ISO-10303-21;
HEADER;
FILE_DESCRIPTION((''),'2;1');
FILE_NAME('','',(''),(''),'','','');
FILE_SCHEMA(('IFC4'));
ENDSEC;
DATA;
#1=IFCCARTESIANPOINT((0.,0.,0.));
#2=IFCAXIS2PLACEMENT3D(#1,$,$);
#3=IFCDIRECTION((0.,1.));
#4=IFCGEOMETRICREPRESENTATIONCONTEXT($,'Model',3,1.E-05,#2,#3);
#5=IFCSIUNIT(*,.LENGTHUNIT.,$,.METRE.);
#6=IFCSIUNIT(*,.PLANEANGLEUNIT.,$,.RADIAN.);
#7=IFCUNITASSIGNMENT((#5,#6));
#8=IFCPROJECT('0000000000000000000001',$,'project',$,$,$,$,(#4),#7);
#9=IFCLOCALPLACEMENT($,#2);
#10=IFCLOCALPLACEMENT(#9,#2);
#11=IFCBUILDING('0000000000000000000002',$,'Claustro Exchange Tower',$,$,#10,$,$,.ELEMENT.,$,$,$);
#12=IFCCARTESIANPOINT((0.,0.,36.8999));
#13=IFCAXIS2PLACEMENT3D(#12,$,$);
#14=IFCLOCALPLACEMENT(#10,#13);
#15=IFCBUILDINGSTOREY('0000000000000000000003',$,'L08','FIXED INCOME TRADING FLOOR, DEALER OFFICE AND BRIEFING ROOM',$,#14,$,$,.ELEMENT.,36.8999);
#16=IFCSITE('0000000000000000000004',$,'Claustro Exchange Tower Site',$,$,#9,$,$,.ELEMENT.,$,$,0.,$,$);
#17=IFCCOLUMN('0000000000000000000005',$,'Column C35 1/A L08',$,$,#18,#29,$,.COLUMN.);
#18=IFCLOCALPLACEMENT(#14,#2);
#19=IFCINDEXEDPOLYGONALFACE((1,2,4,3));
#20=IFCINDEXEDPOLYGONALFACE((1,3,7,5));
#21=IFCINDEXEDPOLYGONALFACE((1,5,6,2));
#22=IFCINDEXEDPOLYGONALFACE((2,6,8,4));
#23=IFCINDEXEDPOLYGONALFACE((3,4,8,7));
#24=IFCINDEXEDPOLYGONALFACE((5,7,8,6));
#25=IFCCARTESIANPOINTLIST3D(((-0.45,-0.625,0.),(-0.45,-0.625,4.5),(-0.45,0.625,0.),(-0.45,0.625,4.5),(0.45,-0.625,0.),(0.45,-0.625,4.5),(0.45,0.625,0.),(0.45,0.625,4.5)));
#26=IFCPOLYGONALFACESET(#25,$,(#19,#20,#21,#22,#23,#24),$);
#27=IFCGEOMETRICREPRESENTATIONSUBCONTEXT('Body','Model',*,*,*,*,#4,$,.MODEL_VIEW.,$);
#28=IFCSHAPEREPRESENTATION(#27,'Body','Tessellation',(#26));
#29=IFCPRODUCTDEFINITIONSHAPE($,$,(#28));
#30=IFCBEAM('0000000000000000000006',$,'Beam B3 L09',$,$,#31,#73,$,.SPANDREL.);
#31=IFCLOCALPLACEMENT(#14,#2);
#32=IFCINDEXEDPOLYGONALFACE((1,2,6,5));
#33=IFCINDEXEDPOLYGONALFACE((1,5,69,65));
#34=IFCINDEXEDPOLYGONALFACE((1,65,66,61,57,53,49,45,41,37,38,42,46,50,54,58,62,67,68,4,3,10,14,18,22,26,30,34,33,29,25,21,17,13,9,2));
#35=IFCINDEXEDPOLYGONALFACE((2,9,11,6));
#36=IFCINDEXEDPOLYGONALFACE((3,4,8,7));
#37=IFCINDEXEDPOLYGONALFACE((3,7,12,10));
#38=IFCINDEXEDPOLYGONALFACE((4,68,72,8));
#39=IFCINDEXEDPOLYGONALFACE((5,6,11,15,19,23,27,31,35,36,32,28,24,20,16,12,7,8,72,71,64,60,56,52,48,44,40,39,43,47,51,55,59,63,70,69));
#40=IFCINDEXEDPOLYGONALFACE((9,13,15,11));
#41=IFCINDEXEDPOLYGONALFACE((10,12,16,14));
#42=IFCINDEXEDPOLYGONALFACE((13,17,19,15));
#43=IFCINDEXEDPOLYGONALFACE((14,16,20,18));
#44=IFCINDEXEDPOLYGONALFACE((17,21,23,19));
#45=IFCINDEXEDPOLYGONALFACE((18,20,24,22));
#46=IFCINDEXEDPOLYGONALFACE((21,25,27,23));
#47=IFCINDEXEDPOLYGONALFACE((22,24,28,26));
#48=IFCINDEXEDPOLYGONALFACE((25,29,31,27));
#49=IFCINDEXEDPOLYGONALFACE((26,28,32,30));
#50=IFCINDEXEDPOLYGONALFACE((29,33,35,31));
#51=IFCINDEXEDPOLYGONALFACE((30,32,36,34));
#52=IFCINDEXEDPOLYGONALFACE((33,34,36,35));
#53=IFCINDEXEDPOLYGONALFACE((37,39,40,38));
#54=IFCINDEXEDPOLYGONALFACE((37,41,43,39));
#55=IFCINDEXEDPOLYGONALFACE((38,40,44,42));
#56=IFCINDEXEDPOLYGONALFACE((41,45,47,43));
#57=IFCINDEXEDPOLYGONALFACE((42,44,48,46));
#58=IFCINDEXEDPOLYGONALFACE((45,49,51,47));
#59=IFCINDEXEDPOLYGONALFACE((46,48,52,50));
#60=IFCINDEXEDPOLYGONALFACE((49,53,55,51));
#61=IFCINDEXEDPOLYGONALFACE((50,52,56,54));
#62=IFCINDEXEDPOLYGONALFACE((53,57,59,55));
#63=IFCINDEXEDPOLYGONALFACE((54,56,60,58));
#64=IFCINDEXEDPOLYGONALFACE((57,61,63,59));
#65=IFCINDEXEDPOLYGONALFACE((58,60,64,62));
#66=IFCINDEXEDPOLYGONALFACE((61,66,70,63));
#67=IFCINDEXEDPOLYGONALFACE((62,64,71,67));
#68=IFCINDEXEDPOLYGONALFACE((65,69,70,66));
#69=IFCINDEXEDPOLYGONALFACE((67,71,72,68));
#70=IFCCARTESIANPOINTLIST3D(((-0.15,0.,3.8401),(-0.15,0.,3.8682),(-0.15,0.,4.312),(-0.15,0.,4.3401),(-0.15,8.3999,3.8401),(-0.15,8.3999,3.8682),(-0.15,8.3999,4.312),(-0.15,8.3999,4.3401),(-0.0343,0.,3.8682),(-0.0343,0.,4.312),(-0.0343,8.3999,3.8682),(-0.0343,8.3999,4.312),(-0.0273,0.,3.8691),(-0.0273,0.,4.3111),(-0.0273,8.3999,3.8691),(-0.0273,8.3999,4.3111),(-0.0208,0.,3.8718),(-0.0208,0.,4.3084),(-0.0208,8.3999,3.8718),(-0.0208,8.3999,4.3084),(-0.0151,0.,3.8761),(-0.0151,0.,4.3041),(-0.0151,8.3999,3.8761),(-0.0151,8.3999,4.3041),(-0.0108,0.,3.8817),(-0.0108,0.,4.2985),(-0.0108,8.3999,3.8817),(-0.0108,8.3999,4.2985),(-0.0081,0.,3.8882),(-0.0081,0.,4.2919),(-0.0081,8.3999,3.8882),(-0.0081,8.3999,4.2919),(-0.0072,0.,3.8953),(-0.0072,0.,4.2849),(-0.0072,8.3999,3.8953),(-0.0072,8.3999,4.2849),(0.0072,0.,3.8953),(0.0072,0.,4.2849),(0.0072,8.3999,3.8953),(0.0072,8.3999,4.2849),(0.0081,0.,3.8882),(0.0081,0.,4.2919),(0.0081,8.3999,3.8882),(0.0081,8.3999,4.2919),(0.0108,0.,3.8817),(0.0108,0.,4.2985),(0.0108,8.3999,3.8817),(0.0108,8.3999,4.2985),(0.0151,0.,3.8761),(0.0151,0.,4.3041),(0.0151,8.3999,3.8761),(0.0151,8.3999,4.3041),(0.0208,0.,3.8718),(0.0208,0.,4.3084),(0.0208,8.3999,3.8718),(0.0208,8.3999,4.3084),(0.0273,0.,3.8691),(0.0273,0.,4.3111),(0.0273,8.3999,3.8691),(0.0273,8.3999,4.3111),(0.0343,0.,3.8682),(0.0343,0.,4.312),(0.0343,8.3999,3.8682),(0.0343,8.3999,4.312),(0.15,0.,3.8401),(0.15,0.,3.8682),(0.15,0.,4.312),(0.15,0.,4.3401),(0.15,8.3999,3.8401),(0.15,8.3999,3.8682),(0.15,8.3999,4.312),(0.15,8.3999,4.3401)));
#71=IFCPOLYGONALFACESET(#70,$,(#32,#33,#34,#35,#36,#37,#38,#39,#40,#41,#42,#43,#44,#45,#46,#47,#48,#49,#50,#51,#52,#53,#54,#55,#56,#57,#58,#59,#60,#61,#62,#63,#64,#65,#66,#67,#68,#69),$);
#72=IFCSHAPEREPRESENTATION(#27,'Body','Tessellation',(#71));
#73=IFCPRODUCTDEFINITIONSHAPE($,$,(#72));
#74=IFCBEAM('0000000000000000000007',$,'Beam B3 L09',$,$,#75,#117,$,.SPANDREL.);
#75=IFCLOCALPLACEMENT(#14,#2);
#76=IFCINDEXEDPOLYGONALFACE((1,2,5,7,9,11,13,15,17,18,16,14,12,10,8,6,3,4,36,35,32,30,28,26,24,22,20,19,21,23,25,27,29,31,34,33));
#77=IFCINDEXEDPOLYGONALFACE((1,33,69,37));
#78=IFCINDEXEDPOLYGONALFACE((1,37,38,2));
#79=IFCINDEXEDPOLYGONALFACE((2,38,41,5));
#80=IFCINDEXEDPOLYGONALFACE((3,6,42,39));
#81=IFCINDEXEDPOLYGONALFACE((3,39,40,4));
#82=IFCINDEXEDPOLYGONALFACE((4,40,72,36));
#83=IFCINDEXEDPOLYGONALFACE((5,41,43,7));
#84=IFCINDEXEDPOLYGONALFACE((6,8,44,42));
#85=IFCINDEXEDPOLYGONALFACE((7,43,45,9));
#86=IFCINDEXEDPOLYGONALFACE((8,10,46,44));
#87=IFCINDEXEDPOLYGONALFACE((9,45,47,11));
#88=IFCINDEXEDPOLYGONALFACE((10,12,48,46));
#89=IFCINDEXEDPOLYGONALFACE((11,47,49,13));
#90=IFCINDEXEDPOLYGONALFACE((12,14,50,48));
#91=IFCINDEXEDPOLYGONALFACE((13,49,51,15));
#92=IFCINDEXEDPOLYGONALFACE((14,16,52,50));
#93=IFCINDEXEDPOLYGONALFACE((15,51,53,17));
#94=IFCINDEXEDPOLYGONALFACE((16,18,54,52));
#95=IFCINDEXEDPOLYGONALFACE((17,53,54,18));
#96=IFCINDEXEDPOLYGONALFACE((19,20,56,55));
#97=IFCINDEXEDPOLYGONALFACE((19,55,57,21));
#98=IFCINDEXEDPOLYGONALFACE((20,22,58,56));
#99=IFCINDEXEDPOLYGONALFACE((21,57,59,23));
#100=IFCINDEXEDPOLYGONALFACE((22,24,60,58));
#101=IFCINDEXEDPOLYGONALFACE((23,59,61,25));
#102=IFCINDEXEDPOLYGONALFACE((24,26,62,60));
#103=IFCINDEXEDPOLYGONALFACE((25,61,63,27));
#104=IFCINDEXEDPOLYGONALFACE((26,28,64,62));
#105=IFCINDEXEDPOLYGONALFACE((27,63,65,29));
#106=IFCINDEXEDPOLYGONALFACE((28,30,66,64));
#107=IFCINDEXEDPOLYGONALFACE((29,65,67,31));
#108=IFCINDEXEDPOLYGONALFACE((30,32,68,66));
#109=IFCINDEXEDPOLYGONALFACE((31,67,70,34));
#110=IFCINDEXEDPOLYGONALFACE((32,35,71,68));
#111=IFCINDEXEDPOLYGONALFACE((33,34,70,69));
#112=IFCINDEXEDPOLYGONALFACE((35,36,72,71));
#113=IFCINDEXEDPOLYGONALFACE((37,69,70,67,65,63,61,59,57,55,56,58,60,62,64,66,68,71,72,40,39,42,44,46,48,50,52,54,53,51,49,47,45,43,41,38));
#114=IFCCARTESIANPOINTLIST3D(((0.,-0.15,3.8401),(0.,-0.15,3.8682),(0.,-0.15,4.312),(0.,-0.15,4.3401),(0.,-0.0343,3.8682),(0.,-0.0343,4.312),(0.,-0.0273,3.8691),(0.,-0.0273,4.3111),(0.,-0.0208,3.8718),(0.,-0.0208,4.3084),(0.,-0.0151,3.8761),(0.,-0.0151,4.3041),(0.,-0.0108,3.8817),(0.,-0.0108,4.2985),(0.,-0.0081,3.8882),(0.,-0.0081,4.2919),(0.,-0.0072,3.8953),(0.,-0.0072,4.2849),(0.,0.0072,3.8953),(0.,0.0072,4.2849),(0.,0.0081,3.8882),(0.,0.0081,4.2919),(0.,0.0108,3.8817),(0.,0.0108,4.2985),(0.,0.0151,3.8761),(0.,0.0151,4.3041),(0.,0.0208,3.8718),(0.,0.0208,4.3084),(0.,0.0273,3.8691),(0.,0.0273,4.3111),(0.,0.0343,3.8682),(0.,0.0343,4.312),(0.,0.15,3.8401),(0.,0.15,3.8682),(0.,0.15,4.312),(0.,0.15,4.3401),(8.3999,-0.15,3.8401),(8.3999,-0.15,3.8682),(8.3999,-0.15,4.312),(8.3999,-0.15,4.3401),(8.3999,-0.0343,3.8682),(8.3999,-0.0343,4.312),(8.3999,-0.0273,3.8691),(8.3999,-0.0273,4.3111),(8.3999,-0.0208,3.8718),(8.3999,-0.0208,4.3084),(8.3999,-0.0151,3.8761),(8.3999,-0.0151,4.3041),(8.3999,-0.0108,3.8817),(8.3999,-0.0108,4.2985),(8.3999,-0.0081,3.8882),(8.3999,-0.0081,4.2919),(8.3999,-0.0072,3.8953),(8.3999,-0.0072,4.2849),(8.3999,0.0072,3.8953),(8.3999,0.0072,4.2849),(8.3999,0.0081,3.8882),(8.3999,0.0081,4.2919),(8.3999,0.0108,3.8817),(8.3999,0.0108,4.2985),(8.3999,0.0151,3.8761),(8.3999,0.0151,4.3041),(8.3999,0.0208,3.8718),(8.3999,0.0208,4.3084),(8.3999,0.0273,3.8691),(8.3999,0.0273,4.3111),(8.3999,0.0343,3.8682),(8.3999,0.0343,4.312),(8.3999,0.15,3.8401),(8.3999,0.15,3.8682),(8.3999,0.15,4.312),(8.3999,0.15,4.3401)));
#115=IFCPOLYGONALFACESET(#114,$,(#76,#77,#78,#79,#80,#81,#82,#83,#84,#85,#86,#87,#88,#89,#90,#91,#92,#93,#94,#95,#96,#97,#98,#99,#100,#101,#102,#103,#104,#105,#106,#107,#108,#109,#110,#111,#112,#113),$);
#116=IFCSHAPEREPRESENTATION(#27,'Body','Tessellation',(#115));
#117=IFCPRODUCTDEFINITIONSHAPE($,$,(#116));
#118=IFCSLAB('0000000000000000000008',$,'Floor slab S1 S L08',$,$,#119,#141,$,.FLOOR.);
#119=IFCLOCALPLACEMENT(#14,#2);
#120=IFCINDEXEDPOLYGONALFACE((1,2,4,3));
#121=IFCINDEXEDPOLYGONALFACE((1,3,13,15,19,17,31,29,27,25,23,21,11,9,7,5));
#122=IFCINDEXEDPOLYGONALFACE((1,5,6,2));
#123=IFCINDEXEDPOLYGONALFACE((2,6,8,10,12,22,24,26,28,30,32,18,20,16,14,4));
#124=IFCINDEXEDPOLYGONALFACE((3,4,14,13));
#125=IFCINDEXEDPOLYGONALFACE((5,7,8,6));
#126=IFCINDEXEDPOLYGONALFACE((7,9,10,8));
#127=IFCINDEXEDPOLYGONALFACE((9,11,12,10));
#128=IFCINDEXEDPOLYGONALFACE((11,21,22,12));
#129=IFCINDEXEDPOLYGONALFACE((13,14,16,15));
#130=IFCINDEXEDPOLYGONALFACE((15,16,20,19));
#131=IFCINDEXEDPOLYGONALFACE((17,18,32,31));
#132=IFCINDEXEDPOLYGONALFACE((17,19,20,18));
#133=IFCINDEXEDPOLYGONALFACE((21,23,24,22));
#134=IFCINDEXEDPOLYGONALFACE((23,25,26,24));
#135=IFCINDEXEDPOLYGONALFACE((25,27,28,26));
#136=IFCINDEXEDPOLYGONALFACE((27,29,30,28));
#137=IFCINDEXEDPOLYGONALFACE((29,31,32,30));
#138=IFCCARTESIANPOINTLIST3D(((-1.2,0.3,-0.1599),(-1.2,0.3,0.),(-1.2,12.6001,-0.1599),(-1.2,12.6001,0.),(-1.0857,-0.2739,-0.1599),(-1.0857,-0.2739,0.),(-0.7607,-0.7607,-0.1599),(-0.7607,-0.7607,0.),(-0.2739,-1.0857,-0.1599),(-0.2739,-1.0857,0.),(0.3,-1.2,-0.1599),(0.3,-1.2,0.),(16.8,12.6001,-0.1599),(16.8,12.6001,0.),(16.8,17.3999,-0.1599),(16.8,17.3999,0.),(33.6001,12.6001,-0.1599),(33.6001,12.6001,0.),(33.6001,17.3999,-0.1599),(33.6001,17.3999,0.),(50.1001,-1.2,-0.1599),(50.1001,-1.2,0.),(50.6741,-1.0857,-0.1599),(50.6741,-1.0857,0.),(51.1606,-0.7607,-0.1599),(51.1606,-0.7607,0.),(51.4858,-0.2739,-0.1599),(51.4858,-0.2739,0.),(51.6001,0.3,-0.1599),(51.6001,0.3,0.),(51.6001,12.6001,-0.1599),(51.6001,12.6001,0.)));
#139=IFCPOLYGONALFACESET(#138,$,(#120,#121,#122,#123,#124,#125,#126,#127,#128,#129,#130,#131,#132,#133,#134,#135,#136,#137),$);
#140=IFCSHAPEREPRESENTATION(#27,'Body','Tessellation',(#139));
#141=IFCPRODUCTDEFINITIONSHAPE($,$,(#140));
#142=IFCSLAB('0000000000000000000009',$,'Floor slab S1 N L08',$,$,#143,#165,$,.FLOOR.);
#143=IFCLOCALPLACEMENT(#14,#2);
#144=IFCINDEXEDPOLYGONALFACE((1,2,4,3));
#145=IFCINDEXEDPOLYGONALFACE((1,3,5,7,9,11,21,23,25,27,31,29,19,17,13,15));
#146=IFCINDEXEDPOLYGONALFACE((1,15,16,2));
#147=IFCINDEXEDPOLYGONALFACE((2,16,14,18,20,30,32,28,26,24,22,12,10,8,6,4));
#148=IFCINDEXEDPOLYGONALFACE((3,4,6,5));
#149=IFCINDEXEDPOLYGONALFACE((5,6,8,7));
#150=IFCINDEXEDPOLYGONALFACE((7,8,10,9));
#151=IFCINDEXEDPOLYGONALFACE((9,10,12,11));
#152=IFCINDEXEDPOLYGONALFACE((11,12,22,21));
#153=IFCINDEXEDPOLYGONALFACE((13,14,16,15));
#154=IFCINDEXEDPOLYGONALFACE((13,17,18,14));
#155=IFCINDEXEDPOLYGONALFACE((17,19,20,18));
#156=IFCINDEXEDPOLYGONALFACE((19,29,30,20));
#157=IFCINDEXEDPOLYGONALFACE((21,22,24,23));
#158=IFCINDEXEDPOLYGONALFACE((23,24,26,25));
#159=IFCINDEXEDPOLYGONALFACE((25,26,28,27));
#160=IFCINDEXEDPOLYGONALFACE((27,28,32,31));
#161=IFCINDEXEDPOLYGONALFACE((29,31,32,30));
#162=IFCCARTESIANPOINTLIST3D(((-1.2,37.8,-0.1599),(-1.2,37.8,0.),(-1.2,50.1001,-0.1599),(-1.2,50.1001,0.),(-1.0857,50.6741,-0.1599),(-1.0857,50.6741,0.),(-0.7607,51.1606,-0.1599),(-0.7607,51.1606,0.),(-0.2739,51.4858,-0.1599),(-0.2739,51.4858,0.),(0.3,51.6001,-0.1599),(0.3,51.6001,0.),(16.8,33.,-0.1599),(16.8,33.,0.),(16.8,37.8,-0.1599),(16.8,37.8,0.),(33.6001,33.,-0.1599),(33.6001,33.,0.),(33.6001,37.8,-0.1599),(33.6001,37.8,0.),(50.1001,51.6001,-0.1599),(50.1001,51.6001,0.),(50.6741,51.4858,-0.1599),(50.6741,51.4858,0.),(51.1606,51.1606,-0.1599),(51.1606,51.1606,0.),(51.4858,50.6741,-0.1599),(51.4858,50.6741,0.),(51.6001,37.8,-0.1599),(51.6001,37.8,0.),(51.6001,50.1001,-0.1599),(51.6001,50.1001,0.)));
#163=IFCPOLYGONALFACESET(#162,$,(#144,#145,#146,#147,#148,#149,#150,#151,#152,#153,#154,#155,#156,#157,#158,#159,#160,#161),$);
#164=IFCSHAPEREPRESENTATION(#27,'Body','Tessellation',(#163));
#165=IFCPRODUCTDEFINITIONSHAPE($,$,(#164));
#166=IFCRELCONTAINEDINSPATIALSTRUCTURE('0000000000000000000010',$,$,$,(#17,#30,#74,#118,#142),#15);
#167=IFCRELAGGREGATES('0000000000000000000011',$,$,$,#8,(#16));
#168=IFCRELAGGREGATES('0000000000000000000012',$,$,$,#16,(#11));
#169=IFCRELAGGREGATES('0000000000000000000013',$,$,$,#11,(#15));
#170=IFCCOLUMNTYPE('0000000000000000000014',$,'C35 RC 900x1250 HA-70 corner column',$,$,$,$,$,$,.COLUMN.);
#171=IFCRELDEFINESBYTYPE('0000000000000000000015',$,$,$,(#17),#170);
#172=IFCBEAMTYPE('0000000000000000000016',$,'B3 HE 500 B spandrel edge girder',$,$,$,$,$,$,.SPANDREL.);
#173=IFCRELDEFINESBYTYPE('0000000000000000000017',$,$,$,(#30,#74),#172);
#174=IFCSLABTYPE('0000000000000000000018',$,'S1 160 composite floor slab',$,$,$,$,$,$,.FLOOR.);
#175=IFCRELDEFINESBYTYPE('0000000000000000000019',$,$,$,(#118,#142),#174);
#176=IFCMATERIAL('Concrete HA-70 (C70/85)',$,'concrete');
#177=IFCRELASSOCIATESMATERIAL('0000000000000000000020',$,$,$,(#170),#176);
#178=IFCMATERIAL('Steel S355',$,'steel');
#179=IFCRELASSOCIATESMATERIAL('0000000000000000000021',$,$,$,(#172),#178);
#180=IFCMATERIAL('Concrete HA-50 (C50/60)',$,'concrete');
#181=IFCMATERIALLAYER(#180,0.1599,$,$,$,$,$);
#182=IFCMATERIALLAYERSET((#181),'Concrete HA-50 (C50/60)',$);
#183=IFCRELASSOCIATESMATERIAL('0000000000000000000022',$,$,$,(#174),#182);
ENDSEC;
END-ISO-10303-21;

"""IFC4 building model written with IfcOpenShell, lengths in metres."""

from ifc_helpers import new_model, si_unit, direction, frame, origin, origin_with_axes, origin_2d, place, context, subcontext, project, spatial, polyline, rectangle, i_section, outline, extrude, material, layer, layer_set, material_profile, profile_set, type_object, element, save


model = new_model("IFC4")

# Units and contexts
model_context = context("Model", 3, precision=1e-05, world=origin(), true_north=direction((0.0, 1.0)))
body_context = subcontext(model_context, "Body", "Model", "MODEL_VIEW")
ifc_project = project(units=[si_unit("LENGTHUNIT", "METRE"), si_unit("PLANEANGLEUNIT", "RADIAN")], contexts=[model_context])

# Site, building, storey
site_placement = place(None, origin())
site = spatial("IfcSite", under=ifc_project, at=site_placement, Name="Claustro Exchange Tower Site", CompositionType="ELEMENT", RefElevation=0.0)
building_placement = place(site_placement, origin())
building = spatial("IfcBuilding", under=site, at=building_placement, Name="Claustro Exchange Tower", CompositionType="ELEMENT")
storey_placement = place(building_placement, frame((0.0, 0.0, 36.8999)))
storey = spatial("IfcBuildingStorey", under=building, at=storey_placement, Name="L08", Description="FIXED INCOME TRADING FLOOR, DEALER OFFICE AND BRIEFING ROOM", CompositionType="ELEMENT", Elevation=36.8999)

# Column
ifc_material_1 = material(Name="Concrete HA-70 (C70/85)", Category="concrete")
ifc_material_profile_1 = material_profile(ifc_material_1, rectangle(XDim=0.8999, YDim=1.25, at=origin_2d()), Name="RC 900x1250")
ifc_profile_set_1 = profile_set([ifc_material_profile_1], Name="Concrete HA-70 (C70/85)")
column_type = type_object("IfcColumnType", Name="C35 RC 900x1250 HA-70 corner column", PredefinedType="COLUMN", material=ifc_profile_set_1)
column_placement = place(storey_placement, origin_with_axes())
element("IfcColumn", 1, at=column_placement, inside=storey, type_object=column_type, Name="Column C35 1/A L08", PredefinedType="COLUMN", context=body_context, shape_type="SweptSolid", body=[
    extrude(rectangle(XDim=0.8999, YDim=1.25, at=origin_2d()), origin(), (0.0, 0.0, 1.0), 4.5),
])

# Beams
ifc_material_2 = material(Name="Steel S355", Category="steel")
ifc_material_profile_2 = material_profile(ifc_material_2, i_section(OverallWidth=0.3, OverallDepth=0.5, WebThickness=0.0144, FlangeThickness=0.0281, FilletRadius=0.0271, at=origin_2d()), Name="HE 500 B")
ifc_profile_set_2 = profile_set([ifc_material_profile_2], Name="Steel S355")
beam_type = type_object("IfcBeamType", Name="B3 HE 500 B spandrel edge girder", PredefinedType="SPANDREL", material=ifc_profile_set_2)
for number, where, z_axis, x_axis, name in (
    (2, (0.0, 0.0, 4.0901), (0.0, 1.0, 0.0), (-1.0, 0.0, 0.0), "Beam B3 L09"),
    (3, (0.0, 0.0, 4.0901), (1.0, 0.0, 0.0), (0.0, 1.0, 0.0), "Beam B3 L09"),
):
    element("IfcBeam", number, at=place(storey_placement, frame(where, z_axis=z_axis, x_axis=x_axis)), inside=storey, type_object=beam_type, Name=name, PredefinedType="SPANDREL", context=body_context, shape_type="SweptSolid", body=[
        extrude(i_section(OverallWidth=0.3, OverallDepth=0.5, WebThickness=0.0144, FlangeThickness=0.0281, FilletRadius=0.0271, at=origin_2d()), origin(), (0.0, 0.0, 1.0), 8.3999),
    ])

# Slabs
ifc_material_3 = material(Name="Concrete HA-50 (C50/60)", Category="concrete")
ifc_layer_1 = layer(ifc_material_3, 0.1599)
ifc_layer_set_1 = layer_set([ifc_layer_1], Name="Concrete HA-50 (C50/60)")
slab_type_1 = type_object("IfcSlabType", Name="S1 160 composite floor slab", PredefinedType="FLOOR", material=ifc_layer_set_1)
slab_1_placement = place(storey_placement, frame((0.0, 0.0, -0.1599)))
element("IfcSlab", 4, at=slab_1_placement, inside=storey, type_object=slab_type_1, Name="Floor slab S1 S L08", PredefinedType="FLOOR", context=body_context, shape_type="SweptSolid", body=[
    extrude(outline(polyline([(-0.2739, -1.0857), (0.3, -1.2), (50.1001, -1.2), (50.6741, -1.0857), (51.1606, -0.7607), (51.4858, -0.2739), (51.6001, 0.3), (51.6001, 12.6001), (33.6001, 12.6001), (33.6001, 17.3999), (16.8, 17.3999), (16.8, 12.6001), (-1.2, 12.6001), (-1.2, 0.3), (-1.0857, -0.2739), (-0.7607, -0.7607), (-0.2739, -1.0857)])), origin(), (0.0, 0.0, 1.0), 0.1599),
])
slab_2_placement = place(storey_placement, frame((0.0, 0.0, -0.1599)))
element("IfcSlab", 5, at=slab_2_placement, inside=storey, type_object=slab_type_1, Name="Floor slab S1 N L08", PredefinedType="FLOOR", context=body_context, shape_type="SweptSolid", body=[
    extrude(outline(polyline([(16.8, 37.8), (16.8, 33.0), (33.6001, 33.0), (33.6001, 37.8), (51.6001, 37.8), (51.6001, 50.1001), (51.4858, 50.6741), (51.1606, 51.1606), (50.6741, 51.4858), (50.1001, 51.6001), (0.3, 51.6001), (-0.2739, 51.4858), (-0.7607, 51.1606), (-1.0857, 50.6741), (-1.2, 50.1001), (-1.2, 37.8), (16.8, 37.8)])), origin(), (0.0, 0.0, 1.0), 0.1599),
])

save(model, "model.ifc")
